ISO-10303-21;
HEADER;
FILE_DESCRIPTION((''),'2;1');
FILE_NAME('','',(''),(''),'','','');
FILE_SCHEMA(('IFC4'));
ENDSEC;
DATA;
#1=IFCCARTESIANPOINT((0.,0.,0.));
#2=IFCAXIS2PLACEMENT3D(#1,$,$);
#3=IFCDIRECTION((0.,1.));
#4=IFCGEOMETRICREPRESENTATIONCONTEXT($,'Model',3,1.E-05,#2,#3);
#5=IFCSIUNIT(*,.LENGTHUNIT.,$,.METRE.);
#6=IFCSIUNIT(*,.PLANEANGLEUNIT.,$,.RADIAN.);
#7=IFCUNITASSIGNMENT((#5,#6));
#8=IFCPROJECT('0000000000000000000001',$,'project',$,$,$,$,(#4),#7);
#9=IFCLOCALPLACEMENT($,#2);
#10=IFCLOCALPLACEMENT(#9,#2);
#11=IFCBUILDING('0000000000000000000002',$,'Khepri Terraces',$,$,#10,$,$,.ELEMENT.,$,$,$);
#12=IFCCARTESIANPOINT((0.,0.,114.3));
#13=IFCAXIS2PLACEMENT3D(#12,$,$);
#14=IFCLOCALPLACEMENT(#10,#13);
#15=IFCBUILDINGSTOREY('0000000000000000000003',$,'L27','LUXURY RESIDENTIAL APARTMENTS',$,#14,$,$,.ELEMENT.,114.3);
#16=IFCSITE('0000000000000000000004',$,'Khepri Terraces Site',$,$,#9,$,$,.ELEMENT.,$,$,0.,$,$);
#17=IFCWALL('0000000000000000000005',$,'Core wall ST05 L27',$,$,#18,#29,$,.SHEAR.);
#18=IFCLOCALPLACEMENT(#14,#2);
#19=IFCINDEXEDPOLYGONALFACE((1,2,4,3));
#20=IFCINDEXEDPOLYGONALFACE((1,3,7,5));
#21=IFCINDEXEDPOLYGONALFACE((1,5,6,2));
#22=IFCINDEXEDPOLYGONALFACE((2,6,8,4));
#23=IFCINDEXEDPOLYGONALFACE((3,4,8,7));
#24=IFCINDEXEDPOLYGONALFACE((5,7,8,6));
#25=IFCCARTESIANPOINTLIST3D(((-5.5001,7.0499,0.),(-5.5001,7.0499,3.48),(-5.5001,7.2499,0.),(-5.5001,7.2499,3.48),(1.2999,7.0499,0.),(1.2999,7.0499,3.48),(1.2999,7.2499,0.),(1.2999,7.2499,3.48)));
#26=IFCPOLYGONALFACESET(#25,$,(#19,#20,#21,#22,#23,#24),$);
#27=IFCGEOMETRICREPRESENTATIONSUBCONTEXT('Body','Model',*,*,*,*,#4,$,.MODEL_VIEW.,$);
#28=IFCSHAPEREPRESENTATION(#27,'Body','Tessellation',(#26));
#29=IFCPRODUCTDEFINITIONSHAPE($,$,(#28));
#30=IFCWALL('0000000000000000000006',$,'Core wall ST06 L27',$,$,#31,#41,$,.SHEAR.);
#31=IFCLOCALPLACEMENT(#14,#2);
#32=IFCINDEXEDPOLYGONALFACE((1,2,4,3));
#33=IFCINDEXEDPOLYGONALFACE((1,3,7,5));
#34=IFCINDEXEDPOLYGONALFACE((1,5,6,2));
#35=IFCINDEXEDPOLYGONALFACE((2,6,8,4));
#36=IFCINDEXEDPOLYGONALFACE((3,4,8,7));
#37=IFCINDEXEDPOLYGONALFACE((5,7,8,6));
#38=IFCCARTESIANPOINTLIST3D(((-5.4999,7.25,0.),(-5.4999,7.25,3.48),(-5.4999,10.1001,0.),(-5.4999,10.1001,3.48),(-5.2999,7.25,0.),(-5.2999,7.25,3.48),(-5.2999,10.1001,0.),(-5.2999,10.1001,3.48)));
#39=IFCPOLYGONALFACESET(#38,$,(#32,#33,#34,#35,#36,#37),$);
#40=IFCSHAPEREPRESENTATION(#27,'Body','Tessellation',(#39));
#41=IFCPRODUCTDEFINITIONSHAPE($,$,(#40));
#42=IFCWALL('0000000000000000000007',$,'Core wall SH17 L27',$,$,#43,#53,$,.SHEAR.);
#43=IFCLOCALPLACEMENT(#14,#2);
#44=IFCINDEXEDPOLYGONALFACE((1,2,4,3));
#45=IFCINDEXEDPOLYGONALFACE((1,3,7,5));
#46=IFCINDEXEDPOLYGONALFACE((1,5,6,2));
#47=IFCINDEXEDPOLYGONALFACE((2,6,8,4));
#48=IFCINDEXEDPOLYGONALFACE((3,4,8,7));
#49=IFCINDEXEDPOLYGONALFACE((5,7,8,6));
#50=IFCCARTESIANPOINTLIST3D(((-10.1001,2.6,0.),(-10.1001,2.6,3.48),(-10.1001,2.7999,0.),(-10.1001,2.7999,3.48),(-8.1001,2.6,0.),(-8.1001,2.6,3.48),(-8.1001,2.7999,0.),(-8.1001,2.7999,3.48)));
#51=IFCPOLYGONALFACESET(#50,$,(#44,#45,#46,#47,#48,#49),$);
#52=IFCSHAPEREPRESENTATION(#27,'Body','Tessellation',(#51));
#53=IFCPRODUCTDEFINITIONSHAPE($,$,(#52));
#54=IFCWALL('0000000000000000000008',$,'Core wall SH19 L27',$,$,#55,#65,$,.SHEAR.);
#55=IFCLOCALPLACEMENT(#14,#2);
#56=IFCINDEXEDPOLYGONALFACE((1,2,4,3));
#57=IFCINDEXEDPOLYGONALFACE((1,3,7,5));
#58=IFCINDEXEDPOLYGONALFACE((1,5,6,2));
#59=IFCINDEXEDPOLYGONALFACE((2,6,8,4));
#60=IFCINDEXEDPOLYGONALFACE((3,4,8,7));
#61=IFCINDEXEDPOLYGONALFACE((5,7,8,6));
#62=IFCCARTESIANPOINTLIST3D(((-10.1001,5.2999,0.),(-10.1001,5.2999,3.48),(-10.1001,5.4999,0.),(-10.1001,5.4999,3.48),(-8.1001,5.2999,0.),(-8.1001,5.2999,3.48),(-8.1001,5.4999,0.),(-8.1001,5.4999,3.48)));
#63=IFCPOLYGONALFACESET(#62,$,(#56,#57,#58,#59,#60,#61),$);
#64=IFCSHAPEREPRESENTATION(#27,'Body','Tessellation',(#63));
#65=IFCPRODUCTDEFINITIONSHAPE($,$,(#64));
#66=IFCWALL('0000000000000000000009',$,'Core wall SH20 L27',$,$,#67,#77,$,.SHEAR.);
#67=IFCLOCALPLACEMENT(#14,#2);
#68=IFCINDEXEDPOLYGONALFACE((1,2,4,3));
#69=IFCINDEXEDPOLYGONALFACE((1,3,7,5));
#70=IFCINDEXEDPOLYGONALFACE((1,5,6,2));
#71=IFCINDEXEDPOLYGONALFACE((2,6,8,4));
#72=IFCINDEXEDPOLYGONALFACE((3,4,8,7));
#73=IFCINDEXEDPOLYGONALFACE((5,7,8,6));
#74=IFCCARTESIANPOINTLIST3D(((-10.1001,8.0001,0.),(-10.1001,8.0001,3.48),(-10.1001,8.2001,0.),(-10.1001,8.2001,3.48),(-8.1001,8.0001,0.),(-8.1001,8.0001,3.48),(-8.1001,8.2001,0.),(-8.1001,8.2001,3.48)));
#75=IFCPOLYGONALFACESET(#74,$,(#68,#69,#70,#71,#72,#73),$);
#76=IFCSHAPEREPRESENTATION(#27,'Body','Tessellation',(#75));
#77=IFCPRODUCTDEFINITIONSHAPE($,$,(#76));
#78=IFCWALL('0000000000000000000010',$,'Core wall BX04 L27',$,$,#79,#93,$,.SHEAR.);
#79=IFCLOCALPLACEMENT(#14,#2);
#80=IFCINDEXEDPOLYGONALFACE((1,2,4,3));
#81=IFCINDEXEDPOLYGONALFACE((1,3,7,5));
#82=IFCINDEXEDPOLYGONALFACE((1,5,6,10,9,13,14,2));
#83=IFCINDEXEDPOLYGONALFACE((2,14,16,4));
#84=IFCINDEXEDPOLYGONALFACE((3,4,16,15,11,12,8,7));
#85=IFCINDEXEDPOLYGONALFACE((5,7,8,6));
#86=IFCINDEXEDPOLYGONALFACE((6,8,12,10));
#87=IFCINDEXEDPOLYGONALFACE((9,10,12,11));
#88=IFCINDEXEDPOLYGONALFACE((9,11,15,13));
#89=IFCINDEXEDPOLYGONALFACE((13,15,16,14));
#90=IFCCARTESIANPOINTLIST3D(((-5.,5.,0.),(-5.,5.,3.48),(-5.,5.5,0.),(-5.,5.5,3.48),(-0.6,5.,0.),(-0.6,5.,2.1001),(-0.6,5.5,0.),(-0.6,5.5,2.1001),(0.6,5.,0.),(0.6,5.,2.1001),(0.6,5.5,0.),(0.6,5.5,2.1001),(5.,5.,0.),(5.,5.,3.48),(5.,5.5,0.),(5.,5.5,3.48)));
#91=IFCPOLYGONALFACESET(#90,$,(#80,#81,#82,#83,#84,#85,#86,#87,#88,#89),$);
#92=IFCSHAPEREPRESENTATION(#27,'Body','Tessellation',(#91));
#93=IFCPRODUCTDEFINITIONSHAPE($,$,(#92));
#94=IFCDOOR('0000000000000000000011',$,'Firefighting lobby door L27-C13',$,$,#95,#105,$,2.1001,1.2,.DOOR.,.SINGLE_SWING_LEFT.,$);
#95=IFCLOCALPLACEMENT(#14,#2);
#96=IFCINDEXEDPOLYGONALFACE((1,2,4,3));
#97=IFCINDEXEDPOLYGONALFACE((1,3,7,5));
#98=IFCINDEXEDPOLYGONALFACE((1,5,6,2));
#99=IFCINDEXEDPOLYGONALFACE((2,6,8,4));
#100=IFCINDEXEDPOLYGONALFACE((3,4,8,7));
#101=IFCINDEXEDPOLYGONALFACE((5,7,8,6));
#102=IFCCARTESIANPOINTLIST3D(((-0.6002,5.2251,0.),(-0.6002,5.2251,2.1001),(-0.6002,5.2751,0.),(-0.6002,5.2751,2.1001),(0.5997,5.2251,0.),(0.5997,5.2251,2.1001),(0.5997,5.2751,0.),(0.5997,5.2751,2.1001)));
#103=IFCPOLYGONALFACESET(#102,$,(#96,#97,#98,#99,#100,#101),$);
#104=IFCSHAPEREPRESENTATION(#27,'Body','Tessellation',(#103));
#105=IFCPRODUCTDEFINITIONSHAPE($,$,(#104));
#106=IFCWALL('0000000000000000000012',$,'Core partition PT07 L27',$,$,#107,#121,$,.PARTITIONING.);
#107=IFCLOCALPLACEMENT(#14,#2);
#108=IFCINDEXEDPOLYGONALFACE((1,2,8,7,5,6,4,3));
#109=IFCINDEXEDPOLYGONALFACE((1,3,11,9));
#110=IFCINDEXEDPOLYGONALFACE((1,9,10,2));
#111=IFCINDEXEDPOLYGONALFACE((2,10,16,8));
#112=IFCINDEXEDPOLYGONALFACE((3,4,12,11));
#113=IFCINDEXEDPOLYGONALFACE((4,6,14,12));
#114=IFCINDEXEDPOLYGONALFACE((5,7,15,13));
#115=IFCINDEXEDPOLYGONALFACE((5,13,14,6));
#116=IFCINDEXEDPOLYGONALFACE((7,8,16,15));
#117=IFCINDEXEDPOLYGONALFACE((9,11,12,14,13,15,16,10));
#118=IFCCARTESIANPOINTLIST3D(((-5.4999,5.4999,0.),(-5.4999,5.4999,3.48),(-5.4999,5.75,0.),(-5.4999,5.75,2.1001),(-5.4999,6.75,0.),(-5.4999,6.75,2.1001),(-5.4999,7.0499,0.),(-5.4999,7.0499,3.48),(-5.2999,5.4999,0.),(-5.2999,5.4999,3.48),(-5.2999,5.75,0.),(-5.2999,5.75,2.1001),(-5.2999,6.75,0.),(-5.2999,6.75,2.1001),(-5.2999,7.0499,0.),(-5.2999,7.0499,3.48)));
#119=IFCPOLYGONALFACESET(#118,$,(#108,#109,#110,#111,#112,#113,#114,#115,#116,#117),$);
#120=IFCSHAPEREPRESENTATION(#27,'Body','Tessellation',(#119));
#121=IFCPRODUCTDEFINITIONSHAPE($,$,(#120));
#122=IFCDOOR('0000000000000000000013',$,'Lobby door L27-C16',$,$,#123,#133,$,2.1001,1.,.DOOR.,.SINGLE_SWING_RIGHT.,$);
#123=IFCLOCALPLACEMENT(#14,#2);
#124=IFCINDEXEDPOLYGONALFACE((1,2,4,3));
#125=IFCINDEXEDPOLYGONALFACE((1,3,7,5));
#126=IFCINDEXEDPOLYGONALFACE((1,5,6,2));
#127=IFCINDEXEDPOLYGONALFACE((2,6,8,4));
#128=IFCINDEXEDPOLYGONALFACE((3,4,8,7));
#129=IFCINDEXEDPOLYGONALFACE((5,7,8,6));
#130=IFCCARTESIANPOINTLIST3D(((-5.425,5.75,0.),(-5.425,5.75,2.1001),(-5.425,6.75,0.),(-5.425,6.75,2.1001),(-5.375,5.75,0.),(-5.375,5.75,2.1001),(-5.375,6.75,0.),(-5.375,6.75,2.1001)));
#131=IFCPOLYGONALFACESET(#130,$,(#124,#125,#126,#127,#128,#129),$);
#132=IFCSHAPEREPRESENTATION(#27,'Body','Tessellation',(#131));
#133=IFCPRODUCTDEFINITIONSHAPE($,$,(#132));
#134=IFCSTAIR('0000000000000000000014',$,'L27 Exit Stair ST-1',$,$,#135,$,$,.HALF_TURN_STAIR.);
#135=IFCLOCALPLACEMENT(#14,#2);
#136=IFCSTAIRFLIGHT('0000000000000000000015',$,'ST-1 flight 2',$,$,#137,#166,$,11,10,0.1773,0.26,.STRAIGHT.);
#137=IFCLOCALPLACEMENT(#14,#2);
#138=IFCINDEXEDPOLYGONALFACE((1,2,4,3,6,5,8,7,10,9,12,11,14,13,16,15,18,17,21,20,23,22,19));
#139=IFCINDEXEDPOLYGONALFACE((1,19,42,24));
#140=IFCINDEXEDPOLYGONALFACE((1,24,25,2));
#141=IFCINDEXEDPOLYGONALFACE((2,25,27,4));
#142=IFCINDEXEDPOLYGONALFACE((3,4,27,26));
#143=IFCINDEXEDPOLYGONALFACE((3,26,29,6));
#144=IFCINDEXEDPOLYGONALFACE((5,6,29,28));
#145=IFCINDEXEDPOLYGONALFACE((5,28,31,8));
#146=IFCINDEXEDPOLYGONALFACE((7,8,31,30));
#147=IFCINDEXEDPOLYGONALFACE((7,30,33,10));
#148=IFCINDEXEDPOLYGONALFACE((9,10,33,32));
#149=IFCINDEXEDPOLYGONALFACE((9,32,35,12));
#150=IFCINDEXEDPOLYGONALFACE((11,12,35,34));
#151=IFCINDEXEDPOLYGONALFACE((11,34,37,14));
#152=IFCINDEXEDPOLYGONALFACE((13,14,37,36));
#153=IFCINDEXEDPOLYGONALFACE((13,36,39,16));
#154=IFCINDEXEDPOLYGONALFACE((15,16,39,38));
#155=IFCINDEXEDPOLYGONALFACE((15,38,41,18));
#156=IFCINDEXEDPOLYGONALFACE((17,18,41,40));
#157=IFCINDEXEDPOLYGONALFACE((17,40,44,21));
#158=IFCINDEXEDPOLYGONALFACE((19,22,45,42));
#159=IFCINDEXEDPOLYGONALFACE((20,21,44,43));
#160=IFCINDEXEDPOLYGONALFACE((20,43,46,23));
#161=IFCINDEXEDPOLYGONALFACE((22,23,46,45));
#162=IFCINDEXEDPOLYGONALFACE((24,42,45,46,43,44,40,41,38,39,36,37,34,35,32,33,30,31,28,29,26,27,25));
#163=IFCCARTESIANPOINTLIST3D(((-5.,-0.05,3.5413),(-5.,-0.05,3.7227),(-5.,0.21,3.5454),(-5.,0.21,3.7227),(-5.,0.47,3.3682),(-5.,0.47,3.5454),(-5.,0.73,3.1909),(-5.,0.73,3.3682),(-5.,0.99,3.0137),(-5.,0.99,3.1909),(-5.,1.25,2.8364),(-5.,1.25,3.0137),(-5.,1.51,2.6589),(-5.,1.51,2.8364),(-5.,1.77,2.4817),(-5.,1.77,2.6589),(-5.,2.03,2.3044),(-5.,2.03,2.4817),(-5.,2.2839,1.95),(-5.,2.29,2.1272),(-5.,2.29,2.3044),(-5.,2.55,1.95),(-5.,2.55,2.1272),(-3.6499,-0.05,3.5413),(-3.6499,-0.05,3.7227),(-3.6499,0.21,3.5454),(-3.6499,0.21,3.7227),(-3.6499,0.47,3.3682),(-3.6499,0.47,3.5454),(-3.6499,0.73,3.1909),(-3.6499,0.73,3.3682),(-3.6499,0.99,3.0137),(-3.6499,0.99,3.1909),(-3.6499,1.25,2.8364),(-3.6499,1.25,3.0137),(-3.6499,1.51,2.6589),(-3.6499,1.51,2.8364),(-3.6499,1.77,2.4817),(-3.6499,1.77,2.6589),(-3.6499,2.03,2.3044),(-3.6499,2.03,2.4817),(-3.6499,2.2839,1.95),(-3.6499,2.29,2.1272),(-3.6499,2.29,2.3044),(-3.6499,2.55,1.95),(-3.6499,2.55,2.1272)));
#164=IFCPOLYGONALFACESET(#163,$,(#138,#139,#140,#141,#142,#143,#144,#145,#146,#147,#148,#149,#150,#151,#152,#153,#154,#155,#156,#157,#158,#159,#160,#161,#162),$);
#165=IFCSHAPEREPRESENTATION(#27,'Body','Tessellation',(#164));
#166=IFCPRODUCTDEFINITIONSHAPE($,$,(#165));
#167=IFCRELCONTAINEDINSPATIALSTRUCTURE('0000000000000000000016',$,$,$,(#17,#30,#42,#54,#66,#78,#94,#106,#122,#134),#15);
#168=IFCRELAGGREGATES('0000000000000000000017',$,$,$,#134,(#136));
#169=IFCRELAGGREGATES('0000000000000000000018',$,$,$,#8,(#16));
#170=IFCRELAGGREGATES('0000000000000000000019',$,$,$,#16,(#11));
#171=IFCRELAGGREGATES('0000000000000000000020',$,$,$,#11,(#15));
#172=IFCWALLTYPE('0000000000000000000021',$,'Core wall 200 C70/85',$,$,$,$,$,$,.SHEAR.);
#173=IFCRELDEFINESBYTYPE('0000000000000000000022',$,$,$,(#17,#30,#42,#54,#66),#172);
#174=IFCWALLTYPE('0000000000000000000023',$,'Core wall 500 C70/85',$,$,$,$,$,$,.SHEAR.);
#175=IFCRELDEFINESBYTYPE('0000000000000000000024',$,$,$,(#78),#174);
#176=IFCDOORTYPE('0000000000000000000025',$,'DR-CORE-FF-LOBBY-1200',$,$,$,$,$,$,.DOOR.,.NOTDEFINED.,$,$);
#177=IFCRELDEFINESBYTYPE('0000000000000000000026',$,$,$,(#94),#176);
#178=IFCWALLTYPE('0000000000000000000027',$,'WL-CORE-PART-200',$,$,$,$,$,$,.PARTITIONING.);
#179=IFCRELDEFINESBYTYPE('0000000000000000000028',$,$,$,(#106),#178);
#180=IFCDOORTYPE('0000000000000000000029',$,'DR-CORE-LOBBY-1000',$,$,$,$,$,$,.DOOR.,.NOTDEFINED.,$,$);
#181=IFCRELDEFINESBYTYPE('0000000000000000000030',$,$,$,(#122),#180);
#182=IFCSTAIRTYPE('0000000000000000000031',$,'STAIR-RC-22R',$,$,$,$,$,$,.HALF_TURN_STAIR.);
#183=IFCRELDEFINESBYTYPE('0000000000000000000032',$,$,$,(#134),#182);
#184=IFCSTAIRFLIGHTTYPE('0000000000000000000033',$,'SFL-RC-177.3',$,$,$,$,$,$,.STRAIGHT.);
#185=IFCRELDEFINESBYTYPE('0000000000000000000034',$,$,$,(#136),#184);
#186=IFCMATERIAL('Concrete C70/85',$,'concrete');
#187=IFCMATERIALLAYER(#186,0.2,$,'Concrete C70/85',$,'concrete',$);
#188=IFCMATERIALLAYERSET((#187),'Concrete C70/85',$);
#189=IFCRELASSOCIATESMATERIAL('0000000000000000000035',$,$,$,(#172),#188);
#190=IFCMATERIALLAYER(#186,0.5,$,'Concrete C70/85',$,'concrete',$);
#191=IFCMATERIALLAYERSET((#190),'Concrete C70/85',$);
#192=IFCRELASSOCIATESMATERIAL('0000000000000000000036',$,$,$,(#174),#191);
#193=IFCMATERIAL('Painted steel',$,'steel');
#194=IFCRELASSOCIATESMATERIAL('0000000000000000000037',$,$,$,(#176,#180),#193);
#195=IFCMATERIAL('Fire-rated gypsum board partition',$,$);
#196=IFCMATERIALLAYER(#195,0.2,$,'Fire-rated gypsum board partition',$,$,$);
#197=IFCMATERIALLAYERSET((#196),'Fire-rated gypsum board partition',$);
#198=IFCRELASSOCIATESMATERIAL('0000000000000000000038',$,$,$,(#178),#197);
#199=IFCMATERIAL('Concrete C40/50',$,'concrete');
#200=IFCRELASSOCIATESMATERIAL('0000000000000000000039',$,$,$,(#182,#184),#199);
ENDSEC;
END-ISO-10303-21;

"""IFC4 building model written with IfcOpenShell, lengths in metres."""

from ifc_helpers import new_model, si_unit, direction, frame, frame_2d, origin, place, context, subcontext, project, spatial, polyline, rectangle, outline, extrude, material, layer, layer_set, type_object, element, fill, aggregate, save


model = new_model("IFC4")

# Units and contexts
model_context = context("Model", 3, precision=1e-05, world=origin(), true_north=direction((0.0, 1.0)))
body_context = subcontext(model_context, "Body", "Model", "MODEL_VIEW")
ifc_project = project(units=[si_unit("LENGTHUNIT", "METRE"), si_unit("PLANEANGLEUNIT", "RADIAN")], contexts=[model_context])

# Site, building, storey
site_placement = place(None, origin())
site = spatial("IfcSite", under=ifc_project, at=site_placement, Name="Khepri Terraces Site", CompositionType="ELEMENT", RefElevation=0.0)
building_placement = place(site_placement, origin())
building = spatial("IfcBuilding", under=site, at=building_placement, Name="Khepri Terraces", CompositionType="ELEMENT")
storey_placement = place(building_placement, frame((0.0, 0.0, 114.3)))
storey = spatial("IfcBuildingStorey", under=building, at=storey_placement, Name="L27", Description="LUXURY RESIDENTIAL APARTMENTS", CompositionType="ELEMENT", Elevation=114.3)

# Walls
ifc_material_1 = material(Name="Concrete C70/85", Category="concrete")
ifc_layer_1 = layer(ifc_material_1, 0.2, Name="Concrete C70/85", Category="concrete")
ifc_layer_set_1 = layer_set([ifc_layer_1], Name="Concrete C70/85")
wall_type_1 = type_object("IfcWallType", Name="Core wall 200 C70/85", PredefinedType="SHEAR", material=ifc_layer_set_1)
wall_1_placement = place(storey_placement, frame((-5.5, 7.1499, 0.0), z_axis=(0.0, 0.0, 1.0), x_axis=(1.0, 0.0, 0.0)))
element("IfcWall", 1, at=wall_1_placement, inside=storey, type_object=wall_type_1, Name="Core wall ST05 L27", PredefinedType="SHEAR", context=body_context, shape_type="SweptSolid", body=[
    extrude(rectangle(XDim=6.8, YDim=0.2, at=frame_2d((3.3999, 0.0))), origin(), (0.0, 0.0, 1.0), 3.48),
])
wall_2_placement = place(storey_placement, frame((-5.3999, 7.25, 0.0), z_axis=(0.0, 0.0, 1.0), x_axis=(0.0, 1.0, 0.0)))
element("IfcWall", 2, at=wall_2_placement, inside=storey, type_object=wall_type_1, Name="Core wall ST06 L27", PredefinedType="SHEAR", context=body_context, shape_type="SweptSolid", body=[
    extrude(rectangle(XDim=2.8501, YDim=0.2, at=frame_2d((1.425, 0.0))), origin(), (0.0, 0.0, 1.0), 3.48),
])
for number, where, z_axis, x_axis, name in (
    (3, (-10.1001, 2.7, 0.0), (0.0, 0.0, 1.0), (1.0, 0.0, 0.0), "Core wall SH17 L27"),
    (4, (-10.1001, 5.3999, 0.0), (0.0, 0.0, 1.0), (1.0, 0.0, 0.0), "Core wall SH19 L27"),
    (5, (-10.1001, 8.1001, 0.0), (0.0, 0.0, 1.0), (1.0, 0.0, 0.0), "Core wall SH20 L27"),
):
    element("IfcWall", number, at=place(storey_placement, frame(where, z_axis=z_axis, x_axis=x_axis)), inside=storey, type_object=wall_type_1, Name=name, PredefinedType="SHEAR", context=body_context, shape_type="SweptSolid", body=[
        extrude(rectangle(XDim=2.0, YDim=0.2, at=frame_2d((1.0, 0.0))), origin(), (0.0, 0.0, 1.0), 3.48),
    ])

# Walls, openings, doors
ifc_layer_2 = layer(ifc_material_1, 0.5, Name="Concrete C70/85", Category="concrete")
ifc_layer_set_2 = layer_set([ifc_layer_2], Name="Concrete C70/85")
wall_type_2 = type_object("IfcWallType", Name="Core wall 500 C70/85", PredefinedType="SHEAR", material=ifc_layer_set_2)
wall_3_placement = place(storey_placement, frame((-5.0, 5.25, 0.0), z_axis=(0.0, 0.0, 1.0), x_axis=(1.0, 0.0, 0.0)))
wall_3 = element("IfcWall", 6, at=wall_3_placement, inside=storey, type_object=wall_type_2, Name="Core wall BX04 L27", PredefinedType="SHEAR", context=body_context, shape_type="SweptSolid", body=[
    extrude(rectangle(XDim=10.0, YDim=0.5, at=frame_2d((5.0, 0.0))), origin(), (0.0, 0.0, 1.0), 3.48),
])
opening_1_placement = place(wall_3_placement, frame((4.3999, 0.0, 0.0)))
opening_1 = element("IfcOpeningElement", 7, at=opening_1_placement, cuts=wall_3, PredefinedType="OPENING", context=body_context, shape_type="SweptSolid", body=[
    extrude(rectangle(XDim=1.2, YDim=2.1001, at=frame_2d((0.6001, 1.05))), frame((0.0, 0.26, 0.0), z_axis=(0.0, -1.0, 0.0), x_axis=(1.0, 0.0, 0.0)), (0.0, 0.0, 1.0), 0.52),
])
ifc_material_2 = material(Name="Painted steel", Category="steel")
door_type_1 = type_object("IfcDoorType", Name="DR-CORE-FF-LOBBY-1200", OperationType="NOTDEFINED", PredefinedType="DOOR", material=ifc_material_2)
door_1_placement = place(opening_1_placement, frame((1.2, 0.0, 0.0), z_axis=(0.0, 0.0, 1.0), x_axis=(-1.0, 0.0, 0.0)))
door_1 = element("IfcDoor", 8, at=door_1_placement, inside=storey, type_object=door_type_1, Name="Firefighting lobby door L27-C13", OperationType="SINGLE_SWING_LEFT", OverallHeight=2.1001, OverallWidth=1.2, PredefinedType="DOOR", context=body_context, shape_type="SweptSolid", body=[
    extrude(rectangle(XDim=1.2, YDim=2.1001, at=frame_2d((0.6001, 1.05))), frame((0.0, 0.0249, 0.0), z_axis=(0.0, -1.0, 0.0), x_axis=(1.0, 0.0, 0.0)), (0.0, 0.0, 1.0), 0.05),
])
fill(opening_1, door_1)
ifc_material_3 = material(Name="Fire-rated gypsum board partition")
ifc_layer_3 = layer(ifc_material_3, 0.2, Name="Fire-rated gypsum board partition")
ifc_layer_set_3 = layer_set([ifc_layer_3], Name="Fire-rated gypsum board partition")
wall_type_3 = type_object("IfcWallType", Name="WL-CORE-PART-200", PredefinedType="PARTITIONING", material=ifc_layer_set_3)
wall_4_placement = place(storey_placement, frame((-5.3999, 5.5, 0.0), z_axis=(0.0, 0.0, 1.0), x_axis=(0.0, 1.0, 0.0)))
wall_4 = element("IfcWall", 9, at=wall_4_placement, inside=storey, type_object=wall_type_3, Name="Core partition PT07 L27", PredefinedType="PARTITIONING", context=body_context, shape_type="SweptSolid", body=[
    extrude(rectangle(XDim=1.55, YDim=0.2, at=frame_2d((0.7749, 0.0))), origin(), (0.0, 0.0, 1.0), 3.48),
])
opening_2_placement = place(wall_4_placement, frame((0.25, 0.0, 0.0)))
opening_2 = element("IfcOpeningElement", 10, at=opening_2_placement, cuts=wall_4, PredefinedType="OPENING", context=body_context, shape_type="SweptSolid", body=[
    extrude(rectangle(XDim=1.0, YDim=2.1001, at=frame_2d((0.5, 1.05))), frame((0.0, 0.1099, 0.0), z_axis=(0.0, -1.0, 0.0), x_axis=(1.0, 0.0, 0.0)), (0.0, 0.0, 1.0), 0.22),
])
door_type_2 = type_object("IfcDoorType", Name="DR-CORE-LOBBY-1000", OperationType="NOTDEFINED", PredefinedType="DOOR", material=ifc_material_2)
door_2_placement = place(opening_2_placement, frame((1.0, 0.0, 0.0), z_axis=(0.0, 0.0, 1.0), x_axis=(-1.0, 0.0, 0.0)))
door_2 = element("IfcDoor", 11, at=door_2_placement, inside=storey, type_object=door_type_2, Name="Lobby door L27-C16", OperationType="SINGLE_SWING_RIGHT", OverallHeight=2.1001, OverallWidth=1.0, PredefinedType="DOOR", context=body_context, shape_type="SweptSolid", body=[
    extrude(rectangle(XDim=1.0, YDim=2.1001, at=frame_2d((0.5, 1.05))), frame((0.0, 0.0249, 0.0), z_axis=(0.0, -1.0, 0.0), x_axis=(1.0, 0.0, 0.0)), (0.0, 0.0, 1.0), 0.05),
])
fill(opening_2, door_2)

# Stair, stair flight
ifc_material_4 = material(Name="Concrete C40/50", Category="concrete")
stair_type = type_object("IfcStairType", Name="STAIR-RC-22R", PredefinedType="HALF_TURN_STAIR", material=ifc_material_4)
stair_1_placement = place(storey_placement, origin())
stair_1 = element("IfcStair", 12, at=stair_1_placement, inside=storey, type_object=stair_type, Name="L27 Exit Stair ST-1", PredefinedType="HALF_TURN_STAIR")
stair_flight_type = type_object("IfcStairFlightType", Name="SFL-RC-177.3", PredefinedType="STRAIGHT", material=ifc_material_4)
stair_flight_1_placement = place(storey_placement, frame((-4.325, 2.55, 1.95), z_axis=(0.0, 0.0, 1.0), x_axis=(0.0, -1.0, 0.0)))
stair_flight_1 = element("IfcStairFlight", 13, at=stair_flight_1_placement, type_object=stair_flight_type, Name="ST-1 flight 2", NumberOfRisers=11, NumberOfTreads=10, PredefinedType="STRAIGHT", RiserHeight=0.1773, TreadLength=0.26, context=body_context, shape_type="SweptSolid", body=[
    extrude(outline(polyline([(0.0, 0.0), (0.0, 0.1772), (0.26, 0.1772), (0.26, 0.3545), (0.52, 0.3545), (0.52, 0.5317), (0.78, 0.5317), (0.78, 0.709), (1.04, 0.709), (1.04, 0.8865), (1.3, 0.8865), (1.3, 1.0637), (1.5601, 1.0637), (1.5601, 1.241), (1.8201, 1.241), (1.8201, 1.4182), (2.0801, 1.4182), (2.0801, 1.5955), (2.3401, 1.5955), (2.3401, 1.7727), (2.6001, 1.7727), (2.6001, 1.95), (2.6001, 1.5913), (0.2661, 0.0), (0.0, 0.0)])), frame((0.0, 0.675, 0.0), z_axis=(0.0, -1.0, 0.0), x_axis=(1.0, 0.0, 0.0)), (0.0, 0.0, 1.0), 1.3501),
])
aggregate(stair_1, [stair_flight_1])

save(model, "model.ifc")
